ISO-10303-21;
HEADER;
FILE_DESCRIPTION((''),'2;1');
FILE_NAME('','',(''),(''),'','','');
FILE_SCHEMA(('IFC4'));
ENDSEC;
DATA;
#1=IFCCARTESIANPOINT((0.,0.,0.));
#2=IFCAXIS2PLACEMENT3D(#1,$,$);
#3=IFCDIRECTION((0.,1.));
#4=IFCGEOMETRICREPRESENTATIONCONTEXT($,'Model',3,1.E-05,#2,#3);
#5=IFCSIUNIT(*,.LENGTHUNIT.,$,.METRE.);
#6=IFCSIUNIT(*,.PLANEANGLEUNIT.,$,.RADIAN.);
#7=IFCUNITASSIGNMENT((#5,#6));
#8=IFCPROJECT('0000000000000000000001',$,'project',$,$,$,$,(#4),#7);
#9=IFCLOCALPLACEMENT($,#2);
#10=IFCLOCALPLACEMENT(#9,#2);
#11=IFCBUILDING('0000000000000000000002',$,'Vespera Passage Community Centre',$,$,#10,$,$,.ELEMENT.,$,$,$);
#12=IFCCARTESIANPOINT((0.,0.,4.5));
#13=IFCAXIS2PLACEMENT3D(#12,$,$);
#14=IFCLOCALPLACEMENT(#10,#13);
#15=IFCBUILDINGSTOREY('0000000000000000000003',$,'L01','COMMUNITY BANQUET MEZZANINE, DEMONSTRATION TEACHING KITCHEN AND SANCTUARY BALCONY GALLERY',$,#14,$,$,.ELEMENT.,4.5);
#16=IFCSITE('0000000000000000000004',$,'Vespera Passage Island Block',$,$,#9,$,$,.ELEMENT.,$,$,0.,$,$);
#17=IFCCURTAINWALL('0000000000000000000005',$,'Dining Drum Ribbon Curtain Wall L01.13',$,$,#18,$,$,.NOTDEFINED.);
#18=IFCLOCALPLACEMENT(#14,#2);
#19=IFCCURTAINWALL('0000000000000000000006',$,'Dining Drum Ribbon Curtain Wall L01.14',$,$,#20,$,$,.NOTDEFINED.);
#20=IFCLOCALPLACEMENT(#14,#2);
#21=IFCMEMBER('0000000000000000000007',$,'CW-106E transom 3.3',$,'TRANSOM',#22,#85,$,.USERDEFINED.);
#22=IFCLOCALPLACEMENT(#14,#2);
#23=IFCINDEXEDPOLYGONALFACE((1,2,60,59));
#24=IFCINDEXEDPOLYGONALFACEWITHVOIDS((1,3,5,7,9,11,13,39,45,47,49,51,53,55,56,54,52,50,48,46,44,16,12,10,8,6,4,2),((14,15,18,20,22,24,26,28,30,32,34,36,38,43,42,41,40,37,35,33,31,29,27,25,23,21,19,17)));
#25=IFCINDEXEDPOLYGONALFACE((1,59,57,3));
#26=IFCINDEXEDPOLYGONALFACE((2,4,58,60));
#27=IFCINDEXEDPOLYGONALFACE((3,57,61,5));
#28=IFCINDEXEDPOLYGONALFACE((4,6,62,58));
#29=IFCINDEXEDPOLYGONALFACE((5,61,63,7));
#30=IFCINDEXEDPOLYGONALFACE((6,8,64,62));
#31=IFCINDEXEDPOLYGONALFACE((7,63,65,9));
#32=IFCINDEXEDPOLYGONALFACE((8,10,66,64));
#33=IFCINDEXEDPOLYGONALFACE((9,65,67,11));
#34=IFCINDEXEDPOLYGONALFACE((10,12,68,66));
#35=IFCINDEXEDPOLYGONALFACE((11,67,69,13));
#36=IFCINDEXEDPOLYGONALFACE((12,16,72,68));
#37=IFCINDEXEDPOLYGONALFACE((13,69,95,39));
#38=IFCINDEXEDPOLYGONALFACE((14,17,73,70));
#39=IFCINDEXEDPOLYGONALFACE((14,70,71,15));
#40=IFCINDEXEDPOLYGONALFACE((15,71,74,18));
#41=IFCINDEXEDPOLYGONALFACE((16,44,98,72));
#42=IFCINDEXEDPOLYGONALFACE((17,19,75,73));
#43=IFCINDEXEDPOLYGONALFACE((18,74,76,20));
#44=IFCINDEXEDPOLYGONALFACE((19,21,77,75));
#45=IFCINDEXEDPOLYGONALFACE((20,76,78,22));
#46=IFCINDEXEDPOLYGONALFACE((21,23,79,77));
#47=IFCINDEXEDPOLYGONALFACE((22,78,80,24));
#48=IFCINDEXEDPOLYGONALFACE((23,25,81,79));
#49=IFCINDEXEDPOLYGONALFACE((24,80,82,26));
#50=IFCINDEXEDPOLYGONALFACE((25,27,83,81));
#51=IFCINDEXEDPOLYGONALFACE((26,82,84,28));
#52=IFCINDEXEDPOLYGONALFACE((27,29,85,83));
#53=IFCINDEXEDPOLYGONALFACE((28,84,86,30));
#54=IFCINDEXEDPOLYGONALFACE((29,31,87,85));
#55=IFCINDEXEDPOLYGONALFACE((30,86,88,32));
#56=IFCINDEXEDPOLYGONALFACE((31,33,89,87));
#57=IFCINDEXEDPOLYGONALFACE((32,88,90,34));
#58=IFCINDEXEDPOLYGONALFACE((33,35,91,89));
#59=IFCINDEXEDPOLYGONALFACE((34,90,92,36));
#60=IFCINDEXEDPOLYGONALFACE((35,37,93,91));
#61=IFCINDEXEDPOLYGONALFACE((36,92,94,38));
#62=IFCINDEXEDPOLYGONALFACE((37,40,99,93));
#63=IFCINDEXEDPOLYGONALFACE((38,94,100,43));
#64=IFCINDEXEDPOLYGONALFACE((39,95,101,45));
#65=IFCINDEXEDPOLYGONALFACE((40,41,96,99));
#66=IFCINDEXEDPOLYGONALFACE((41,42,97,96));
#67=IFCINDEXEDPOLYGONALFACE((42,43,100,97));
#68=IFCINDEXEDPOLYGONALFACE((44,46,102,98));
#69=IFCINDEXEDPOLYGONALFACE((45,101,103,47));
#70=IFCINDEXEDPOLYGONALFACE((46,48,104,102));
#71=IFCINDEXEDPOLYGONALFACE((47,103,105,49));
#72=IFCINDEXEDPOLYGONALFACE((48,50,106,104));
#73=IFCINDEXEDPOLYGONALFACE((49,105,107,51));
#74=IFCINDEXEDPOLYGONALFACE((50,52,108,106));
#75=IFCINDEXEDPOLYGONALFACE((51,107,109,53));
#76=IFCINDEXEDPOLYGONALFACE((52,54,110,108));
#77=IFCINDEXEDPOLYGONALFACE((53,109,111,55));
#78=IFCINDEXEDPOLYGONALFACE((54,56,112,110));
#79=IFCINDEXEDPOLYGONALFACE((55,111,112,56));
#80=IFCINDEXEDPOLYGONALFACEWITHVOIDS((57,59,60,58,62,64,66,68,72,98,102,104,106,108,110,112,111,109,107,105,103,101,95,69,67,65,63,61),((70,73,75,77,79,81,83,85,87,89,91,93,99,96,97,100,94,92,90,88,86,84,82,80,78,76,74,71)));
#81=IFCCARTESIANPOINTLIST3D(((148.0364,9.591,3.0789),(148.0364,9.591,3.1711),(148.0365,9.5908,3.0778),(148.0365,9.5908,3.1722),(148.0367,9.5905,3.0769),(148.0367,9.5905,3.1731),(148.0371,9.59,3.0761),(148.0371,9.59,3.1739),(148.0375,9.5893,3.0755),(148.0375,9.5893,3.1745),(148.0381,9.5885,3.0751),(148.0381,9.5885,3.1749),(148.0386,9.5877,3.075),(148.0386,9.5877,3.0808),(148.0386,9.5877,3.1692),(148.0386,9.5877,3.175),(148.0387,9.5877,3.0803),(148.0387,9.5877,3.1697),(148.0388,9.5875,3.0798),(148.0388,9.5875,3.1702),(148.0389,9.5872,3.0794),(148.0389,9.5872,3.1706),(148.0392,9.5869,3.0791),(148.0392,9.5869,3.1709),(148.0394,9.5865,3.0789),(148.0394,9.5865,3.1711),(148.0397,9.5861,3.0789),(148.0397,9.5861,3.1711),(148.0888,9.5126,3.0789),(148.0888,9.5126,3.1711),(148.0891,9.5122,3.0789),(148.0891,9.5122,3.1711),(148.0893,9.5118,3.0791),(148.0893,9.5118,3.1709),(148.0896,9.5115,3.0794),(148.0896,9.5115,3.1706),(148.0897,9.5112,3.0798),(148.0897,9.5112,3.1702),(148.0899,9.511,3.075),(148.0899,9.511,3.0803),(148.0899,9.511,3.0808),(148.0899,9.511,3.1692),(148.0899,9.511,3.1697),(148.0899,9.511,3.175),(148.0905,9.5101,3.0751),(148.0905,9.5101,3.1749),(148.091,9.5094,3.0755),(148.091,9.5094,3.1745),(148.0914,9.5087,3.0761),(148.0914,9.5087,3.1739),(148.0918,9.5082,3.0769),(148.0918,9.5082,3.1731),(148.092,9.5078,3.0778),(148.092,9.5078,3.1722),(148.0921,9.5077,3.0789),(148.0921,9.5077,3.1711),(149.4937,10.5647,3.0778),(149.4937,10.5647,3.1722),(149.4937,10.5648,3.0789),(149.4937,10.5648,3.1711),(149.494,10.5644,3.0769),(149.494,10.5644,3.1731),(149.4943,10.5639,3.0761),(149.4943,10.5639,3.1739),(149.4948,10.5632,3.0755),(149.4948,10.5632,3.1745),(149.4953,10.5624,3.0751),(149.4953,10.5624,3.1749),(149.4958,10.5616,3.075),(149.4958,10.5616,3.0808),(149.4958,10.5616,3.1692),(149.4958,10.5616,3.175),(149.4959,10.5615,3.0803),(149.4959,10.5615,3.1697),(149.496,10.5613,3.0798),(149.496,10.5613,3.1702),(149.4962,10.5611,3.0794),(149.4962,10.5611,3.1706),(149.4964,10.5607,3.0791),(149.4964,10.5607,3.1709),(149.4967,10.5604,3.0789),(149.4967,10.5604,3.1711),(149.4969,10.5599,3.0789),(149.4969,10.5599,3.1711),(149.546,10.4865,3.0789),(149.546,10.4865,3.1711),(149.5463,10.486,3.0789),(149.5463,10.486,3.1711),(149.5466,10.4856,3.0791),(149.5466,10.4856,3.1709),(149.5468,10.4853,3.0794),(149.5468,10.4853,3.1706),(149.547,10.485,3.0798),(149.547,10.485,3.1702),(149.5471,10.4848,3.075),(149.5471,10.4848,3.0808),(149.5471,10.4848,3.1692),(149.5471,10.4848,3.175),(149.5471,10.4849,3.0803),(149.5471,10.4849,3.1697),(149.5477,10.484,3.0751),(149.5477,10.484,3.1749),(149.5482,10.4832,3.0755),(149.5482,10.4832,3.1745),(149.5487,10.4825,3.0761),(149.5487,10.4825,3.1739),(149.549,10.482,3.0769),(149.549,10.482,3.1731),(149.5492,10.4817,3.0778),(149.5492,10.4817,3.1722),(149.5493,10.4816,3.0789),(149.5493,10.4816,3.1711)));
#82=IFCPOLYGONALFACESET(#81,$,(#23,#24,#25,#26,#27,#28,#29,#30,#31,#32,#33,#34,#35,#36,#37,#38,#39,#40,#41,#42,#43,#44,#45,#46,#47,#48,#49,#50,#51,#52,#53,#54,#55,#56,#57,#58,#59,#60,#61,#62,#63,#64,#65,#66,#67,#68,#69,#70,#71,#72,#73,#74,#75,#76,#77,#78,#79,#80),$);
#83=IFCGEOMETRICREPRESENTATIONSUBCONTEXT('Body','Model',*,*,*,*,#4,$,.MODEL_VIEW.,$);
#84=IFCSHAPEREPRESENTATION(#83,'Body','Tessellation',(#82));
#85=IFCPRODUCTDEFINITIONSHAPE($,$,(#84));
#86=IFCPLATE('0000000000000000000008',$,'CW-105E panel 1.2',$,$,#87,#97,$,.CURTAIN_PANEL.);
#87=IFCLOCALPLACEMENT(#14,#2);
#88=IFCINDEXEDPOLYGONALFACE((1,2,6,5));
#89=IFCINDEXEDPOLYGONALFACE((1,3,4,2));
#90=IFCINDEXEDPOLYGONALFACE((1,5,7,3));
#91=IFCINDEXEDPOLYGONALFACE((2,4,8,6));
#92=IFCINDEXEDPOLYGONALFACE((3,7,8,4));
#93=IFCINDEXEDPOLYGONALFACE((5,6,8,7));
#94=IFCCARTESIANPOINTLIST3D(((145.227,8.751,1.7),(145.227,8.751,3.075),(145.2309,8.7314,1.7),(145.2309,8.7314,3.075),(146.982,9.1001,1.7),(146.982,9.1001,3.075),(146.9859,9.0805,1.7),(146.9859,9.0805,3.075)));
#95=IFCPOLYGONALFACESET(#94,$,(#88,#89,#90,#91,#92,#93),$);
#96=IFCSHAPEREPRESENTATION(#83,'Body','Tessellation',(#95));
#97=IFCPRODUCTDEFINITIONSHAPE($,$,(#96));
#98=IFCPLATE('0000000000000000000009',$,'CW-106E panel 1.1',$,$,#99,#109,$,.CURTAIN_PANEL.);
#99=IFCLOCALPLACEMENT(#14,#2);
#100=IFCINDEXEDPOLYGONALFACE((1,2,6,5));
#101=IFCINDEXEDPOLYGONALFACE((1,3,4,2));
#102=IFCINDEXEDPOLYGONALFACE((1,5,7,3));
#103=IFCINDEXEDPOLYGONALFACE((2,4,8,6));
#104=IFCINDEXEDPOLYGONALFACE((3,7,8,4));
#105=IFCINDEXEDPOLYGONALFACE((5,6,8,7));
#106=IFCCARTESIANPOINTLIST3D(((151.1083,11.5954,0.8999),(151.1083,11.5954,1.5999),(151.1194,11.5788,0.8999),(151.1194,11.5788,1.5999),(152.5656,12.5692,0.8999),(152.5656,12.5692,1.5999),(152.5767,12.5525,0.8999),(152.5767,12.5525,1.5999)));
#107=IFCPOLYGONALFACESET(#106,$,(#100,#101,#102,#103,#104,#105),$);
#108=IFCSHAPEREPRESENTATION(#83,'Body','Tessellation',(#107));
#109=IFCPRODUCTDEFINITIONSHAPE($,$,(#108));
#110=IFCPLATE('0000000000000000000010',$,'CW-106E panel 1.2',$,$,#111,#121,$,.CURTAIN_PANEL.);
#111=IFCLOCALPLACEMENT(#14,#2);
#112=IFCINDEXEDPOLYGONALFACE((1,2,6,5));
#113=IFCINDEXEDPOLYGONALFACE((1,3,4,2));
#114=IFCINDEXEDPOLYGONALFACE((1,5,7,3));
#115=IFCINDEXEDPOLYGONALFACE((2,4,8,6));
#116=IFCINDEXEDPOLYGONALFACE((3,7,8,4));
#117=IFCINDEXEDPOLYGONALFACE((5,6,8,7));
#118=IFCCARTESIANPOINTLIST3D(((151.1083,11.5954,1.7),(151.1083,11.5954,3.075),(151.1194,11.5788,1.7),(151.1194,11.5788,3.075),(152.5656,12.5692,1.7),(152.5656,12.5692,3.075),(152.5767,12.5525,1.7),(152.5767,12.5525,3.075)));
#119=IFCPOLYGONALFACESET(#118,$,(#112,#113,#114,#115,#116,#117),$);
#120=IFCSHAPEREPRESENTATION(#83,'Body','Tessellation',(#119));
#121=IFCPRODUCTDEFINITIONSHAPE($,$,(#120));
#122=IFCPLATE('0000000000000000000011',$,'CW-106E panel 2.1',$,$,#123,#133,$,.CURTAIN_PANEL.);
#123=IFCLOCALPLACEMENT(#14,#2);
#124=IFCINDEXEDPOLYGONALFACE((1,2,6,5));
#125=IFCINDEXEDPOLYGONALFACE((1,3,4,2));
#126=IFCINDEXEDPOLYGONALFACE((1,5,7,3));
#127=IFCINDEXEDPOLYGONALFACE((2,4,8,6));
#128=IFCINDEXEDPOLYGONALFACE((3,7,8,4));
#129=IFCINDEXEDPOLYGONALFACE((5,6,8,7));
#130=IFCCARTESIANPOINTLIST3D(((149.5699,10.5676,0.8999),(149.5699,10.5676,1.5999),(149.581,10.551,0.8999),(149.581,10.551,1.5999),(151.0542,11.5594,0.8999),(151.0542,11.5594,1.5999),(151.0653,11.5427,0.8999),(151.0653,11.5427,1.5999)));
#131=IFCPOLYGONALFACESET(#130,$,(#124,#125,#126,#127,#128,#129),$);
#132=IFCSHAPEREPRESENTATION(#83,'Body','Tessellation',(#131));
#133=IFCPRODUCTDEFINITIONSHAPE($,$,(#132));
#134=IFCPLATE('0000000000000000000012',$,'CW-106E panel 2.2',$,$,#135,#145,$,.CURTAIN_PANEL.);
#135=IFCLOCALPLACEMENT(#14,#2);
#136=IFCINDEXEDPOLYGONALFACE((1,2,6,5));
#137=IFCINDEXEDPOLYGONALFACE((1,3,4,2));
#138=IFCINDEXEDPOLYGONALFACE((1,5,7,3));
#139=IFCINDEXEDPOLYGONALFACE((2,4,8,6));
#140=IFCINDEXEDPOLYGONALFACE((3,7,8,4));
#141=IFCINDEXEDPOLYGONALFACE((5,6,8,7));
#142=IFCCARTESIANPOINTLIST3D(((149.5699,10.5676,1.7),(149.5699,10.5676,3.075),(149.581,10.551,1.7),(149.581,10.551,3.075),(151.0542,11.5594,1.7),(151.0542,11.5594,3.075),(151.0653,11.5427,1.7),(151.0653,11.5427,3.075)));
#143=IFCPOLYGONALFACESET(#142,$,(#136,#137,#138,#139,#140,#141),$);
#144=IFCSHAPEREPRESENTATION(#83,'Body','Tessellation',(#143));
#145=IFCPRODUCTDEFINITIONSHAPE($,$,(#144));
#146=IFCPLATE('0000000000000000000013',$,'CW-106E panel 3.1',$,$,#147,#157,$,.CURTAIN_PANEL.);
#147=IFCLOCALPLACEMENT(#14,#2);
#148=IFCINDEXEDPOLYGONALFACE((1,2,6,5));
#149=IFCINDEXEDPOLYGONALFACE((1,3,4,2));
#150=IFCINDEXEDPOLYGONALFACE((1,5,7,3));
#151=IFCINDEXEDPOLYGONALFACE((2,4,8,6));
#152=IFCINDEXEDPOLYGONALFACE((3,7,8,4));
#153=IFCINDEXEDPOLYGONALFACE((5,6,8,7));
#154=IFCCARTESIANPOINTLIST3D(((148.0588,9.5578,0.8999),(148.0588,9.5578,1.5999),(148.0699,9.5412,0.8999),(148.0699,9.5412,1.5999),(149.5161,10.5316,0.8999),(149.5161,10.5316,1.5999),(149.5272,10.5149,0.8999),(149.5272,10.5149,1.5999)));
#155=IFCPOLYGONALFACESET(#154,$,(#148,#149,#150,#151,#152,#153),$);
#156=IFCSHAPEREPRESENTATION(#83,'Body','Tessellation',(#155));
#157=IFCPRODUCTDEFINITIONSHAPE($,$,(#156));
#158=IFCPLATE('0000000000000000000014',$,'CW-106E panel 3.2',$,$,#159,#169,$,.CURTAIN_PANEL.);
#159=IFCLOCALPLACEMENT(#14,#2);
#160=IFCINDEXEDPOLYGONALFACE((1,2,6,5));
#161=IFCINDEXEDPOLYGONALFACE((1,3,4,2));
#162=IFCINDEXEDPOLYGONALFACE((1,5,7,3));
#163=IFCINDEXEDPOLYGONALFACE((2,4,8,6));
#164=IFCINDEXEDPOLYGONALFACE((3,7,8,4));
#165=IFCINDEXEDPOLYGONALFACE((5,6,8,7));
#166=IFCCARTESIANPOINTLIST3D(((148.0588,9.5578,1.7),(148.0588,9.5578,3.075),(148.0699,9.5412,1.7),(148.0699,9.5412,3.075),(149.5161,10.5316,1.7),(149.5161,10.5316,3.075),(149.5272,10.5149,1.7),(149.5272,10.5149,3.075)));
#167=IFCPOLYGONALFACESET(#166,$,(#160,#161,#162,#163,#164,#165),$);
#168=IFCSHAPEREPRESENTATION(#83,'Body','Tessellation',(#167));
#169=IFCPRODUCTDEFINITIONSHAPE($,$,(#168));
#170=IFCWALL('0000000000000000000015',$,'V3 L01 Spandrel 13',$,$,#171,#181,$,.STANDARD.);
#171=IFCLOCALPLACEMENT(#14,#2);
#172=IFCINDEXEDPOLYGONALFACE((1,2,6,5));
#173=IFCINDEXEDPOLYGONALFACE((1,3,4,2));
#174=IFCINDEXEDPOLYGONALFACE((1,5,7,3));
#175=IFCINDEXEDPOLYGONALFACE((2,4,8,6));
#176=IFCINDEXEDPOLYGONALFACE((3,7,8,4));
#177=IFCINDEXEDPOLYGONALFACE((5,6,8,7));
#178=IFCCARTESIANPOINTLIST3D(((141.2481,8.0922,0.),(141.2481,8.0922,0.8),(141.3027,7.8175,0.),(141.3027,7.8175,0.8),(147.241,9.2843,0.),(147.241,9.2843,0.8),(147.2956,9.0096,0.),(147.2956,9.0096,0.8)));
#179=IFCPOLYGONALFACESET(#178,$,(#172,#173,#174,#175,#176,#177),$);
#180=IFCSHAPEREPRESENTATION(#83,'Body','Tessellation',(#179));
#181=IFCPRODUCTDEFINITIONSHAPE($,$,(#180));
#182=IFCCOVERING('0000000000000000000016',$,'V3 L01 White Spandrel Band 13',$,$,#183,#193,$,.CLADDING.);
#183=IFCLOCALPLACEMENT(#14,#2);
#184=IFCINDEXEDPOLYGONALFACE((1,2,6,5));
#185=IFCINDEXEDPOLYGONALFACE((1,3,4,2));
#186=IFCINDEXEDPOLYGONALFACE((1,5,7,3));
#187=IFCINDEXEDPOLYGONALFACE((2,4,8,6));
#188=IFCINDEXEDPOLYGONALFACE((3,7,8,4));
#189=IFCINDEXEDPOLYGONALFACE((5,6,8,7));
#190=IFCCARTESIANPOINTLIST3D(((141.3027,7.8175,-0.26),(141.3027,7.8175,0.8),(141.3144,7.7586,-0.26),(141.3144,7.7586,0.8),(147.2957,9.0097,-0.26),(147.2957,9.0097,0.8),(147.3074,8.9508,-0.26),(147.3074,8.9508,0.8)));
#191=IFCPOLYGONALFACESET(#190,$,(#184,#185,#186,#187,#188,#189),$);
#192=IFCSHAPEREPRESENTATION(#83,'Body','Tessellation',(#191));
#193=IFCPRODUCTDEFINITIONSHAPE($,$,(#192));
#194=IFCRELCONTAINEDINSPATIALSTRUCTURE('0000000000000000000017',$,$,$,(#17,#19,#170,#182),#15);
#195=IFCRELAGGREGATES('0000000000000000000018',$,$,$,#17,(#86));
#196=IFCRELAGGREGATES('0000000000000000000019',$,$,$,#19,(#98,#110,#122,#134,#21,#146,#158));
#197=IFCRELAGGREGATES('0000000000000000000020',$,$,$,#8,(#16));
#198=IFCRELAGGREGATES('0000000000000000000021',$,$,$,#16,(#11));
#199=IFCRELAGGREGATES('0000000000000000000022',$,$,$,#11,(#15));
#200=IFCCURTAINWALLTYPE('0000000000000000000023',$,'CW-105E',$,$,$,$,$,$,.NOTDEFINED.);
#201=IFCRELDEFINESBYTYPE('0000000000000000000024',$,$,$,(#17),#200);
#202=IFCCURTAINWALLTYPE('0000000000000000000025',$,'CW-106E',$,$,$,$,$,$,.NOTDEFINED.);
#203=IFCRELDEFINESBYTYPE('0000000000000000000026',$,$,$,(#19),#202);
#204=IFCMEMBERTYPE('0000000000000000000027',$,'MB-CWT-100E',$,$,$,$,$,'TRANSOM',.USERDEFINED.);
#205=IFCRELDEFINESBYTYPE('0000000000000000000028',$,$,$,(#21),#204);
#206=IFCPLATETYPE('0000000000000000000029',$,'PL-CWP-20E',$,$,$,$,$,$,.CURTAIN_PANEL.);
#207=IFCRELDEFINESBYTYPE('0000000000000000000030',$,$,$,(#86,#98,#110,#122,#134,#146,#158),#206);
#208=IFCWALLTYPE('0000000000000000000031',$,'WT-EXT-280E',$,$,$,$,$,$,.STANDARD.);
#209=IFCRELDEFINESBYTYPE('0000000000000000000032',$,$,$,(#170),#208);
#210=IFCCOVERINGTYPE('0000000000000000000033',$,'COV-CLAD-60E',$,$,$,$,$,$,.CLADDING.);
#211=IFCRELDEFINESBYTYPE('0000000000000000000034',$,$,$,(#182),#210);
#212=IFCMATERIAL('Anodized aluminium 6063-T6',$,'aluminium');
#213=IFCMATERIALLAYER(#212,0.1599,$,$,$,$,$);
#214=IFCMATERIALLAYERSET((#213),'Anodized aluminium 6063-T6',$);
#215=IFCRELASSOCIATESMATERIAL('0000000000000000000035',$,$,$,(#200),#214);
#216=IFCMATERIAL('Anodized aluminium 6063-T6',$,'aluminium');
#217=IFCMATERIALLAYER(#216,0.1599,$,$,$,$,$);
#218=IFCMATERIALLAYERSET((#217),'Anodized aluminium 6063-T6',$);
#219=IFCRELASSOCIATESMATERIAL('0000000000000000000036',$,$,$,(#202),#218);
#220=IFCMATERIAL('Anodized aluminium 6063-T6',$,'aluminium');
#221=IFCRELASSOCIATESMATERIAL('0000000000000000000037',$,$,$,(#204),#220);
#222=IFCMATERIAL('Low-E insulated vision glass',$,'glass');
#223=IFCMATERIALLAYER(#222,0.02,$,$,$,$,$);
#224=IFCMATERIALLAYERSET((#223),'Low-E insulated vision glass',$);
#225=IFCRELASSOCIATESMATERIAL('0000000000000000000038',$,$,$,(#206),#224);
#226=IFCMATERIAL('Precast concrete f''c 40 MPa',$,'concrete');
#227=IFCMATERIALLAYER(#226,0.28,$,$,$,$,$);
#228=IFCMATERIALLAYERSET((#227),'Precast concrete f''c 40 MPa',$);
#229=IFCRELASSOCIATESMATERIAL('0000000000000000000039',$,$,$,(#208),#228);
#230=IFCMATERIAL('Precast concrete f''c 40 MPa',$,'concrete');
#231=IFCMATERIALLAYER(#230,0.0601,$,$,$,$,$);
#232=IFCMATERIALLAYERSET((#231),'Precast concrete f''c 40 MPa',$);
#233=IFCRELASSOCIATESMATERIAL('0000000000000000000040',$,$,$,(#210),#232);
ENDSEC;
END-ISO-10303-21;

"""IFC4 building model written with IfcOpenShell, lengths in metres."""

from ifc_helpers import new_model, si_unit, direction, frame, frame_2d, origin, origin_2d, place, context, subcontext, project, spatial, rectangle, hollow_rectangle, extrude, material, layer, layer_set, material_profile, profile_set, type_object, element, aggregate, save


model = new_model("IFC4")

# Units and contexts
model_context = context("Model", 3, precision=1e-05, world=origin(), true_north=direction((0.0, 1.0)))
body_context = subcontext(model_context, "Body", "Model", "MODEL_VIEW")
ifc_project = project(units=[si_unit("LENGTHUNIT", "METRE"), si_unit("PLANEANGLEUNIT", "RADIAN")], contexts=[model_context])

# Site, building, storey
site_placement = place(None, origin())
site = spatial("IfcSite", under=ifc_project, at=site_placement, Name="Vespera Passage Island Block", CompositionType="ELEMENT", RefElevation=0.0)
building_placement = place(site_placement, origin())
building = spatial("IfcBuilding", under=site, at=building_placement, Name="Vespera Passage Community Centre", CompositionType="ELEMENT")
storey_placement = place(building_placement, frame((0.0, 0.0, 4.5)))
storey = spatial("IfcBuildingStorey", under=building, at=storey_placement, Name="L01", Description="COMMUNITY BANQUET MEZZANINE, DEMONSTRATION TEACHING KITCHEN AND SANCTUARY BALCONY GALLERY", CompositionType="ELEMENT", Elevation=4.5)

# Curtain wall
ifc_material_1 = material(Name="Anodized aluminium 6063-T6", Category="aluminium")
ifc_layer_1 = layer(ifc_material_1, 0.1599)
ifc_layer_set_1 = layer_set([ifc_layer_1], Name="Anodized aluminium 6063-T6")
curtain_wall_type_1 = type_object("IfcCurtainWallType", Name="CW-105E", PredefinedType="NOTDEFINED", material=ifc_layer_set_1)
curtain_wall_1_placement = place(storey_placement, origin())
curtain_wall_1 = element("IfcCurtainWall", 1, at=curtain_wall_1_placement, inside=storey, type_object=curtain_wall_type_1, Name="Dining Drum Ribbon Curtain Wall L01.13", PredefinedType="NOTDEFINED")

# Curtain wall
ifc_material_2 = material(Name="Anodized aluminium 6063-T6", Category="aluminium")
ifc_layer_2 = layer(ifc_material_2, 0.1599)
ifc_layer_set_2 = layer_set([ifc_layer_2], Name="Anodized aluminium 6063-T6")
curtain_wall_type_2 = type_object("IfcCurtainWallType", Name="CW-106E", PredefinedType="NOTDEFINED", material=ifc_layer_set_2)
curtain_wall_2_placement = place(storey_placement, origin())
curtain_wall_2 = element("IfcCurtainWall", 2, at=curtain_wall_2_placement, inside=storey, type_object=curtain_wall_type_2, Name="Dining Drum Ribbon Curtain Wall L01.14", PredefinedType="NOTDEFINED")

# Member
ifc_material_3 = material(Name="Anodized aluminium 6063-T6", Category="aluminium")
ifc_material_profile_1 = material_profile(ifc_material_3, hollow_rectangle(XDim=0.1001, YDim=0.1001, WallThickness=0.0039, InnerFilletRadius=0.002, OuterFilletRadius=0.0039, at=origin_2d()), Name="ALU100X100X4")
ifc_profile_set_1 = profile_set([ifc_material_profile_1], Name="Anodized aluminium 6063-T6")
member_type_1 = type_object("IfcMemberType", Name="MB-CWT-100E", ElementType="TRANSOM", PredefinedType="USERDEFINED", material=ifc_profile_set_1)
member_1_placement = place(storey_placement, frame((149.5215, 10.5232, 3.125), z_axis=(-0.831428, -0.555632, 0.0), x_axis=(0.555632, -0.831428, 0.0)))
member_1 = element("IfcMember", 3, at=member_1_placement, type_object=member_type_1, Name="CW-106E transom 3.3", ObjectType="TRANSOM", PredefinedType="USERDEFINED", context=body_context, shape_type="SweptSolid", body=[
    extrude(hollow_rectangle(XDim=0.1001, YDim=0.1001, WallThickness=0.0039, InnerFilletRadius=0.002, OuterFilletRadius=0.0039, at=origin_2d()), origin(), (0.0, 0.0, 1.0), 1.7527),
])

# Plates
ifc_material_4 = material(Name="Low-E insulated vision glass", Category="glass")
ifc_layer_3 = layer(ifc_material_4, 0.02)
ifc_layer_set_3 = layer_set([ifc_layer_3], Name="Low-E insulated vision glass")
plate_type = type_object("IfcPlateType", Name="PL-CWP-20E", PredefinedType="CURTAIN_PANEL", material=ifc_layer_set_3)
plate_1_placement = place(storey_placement, frame((146.1064, 8.9158, 1.7), z_axis=(0.0, 0.0, 1.0), x_axis=(-0.980784, -0.195097, 0.0)))
plate_1 = element("IfcPlate", 4, at=plate_1_placement, type_object=plate_type, Name="CW-105E panel 1.2", PredefinedType="CURTAIN_PANEL", context=body_context, shape_type="SweptSolid", body=[
    extrude(rectangle(XDim=1.7893, YDim=0.02, at=origin_2d()), origin(), (0.0, 0.0, 1.0), 1.375),
])
aggregate(curtain_wall_1, [plate_1])
plate_2_placement = place(storey_placement, frame((151.8425, 12.074, 0.8999), z_axis=(0.0, 0.0, 1.0), x_axis=(-0.831473, -0.555565, 0.0)))
plate_2 = element("IfcPlate", 5, at=plate_2_placement, type_object=plate_type, Name="CW-106E panel 1.1", PredefinedType="CURTAIN_PANEL", context=body_context, shape_type="SweptSolid", body=[
    extrude(rectangle(XDim=1.7527, YDim=0.02, at=origin_2d()), origin(), (0.0, 0.0, 1.0), 0.7),
])
plate_3_placement = place(storey_placement, frame((151.8425, 12.074, 1.7), z_axis=(0.0, 0.0, 1.0), x_axis=(-0.831473, -0.555565, 0.0)))
plate_3 = element("IfcPlate", 6, at=plate_3_placement, type_object=plate_type, Name="CW-106E panel 1.2", PredefinedType="CURTAIN_PANEL", context=body_context, shape_type="SweptSolid", body=[
    extrude(rectangle(XDim=1.7527, YDim=0.02, at=origin_2d()), origin(), (0.0, 0.0, 1.0), 1.375),
])
plate_4_placement = place(storey_placement, frame((150.3176, 11.0552, 0.8999), z_axis=(0.0, 0.0, 1.0), x_axis=(-0.831473, -0.555565, 0.0)))
plate_4 = element("IfcPlate", 7, at=plate_4_placement, type_object=plate_type, Name="CW-106E panel 2.1", PredefinedType="CURTAIN_PANEL", context=body_context, shape_type="SweptSolid", body=[
    extrude(rectangle(XDim=1.7852, YDim=0.02, at=origin_2d()), origin(), (0.0, 0.0, 1.0), 0.7),
])
plate_5_placement = place(storey_placement, frame((150.3176, 11.0552, 1.7), z_axis=(0.0, 0.0, 1.0), x_axis=(-0.831473, -0.555565, 0.0)))
plate_5 = element("IfcPlate", 8, at=plate_5_placement, type_object=plate_type, Name="CW-106E panel 2.2", PredefinedType="CURTAIN_PANEL", context=body_context, shape_type="SweptSolid", body=[
    extrude(rectangle(XDim=1.7852, YDim=0.02, at=origin_2d()), origin(), (0.0, 0.0, 1.0), 1.375),
])
plate_6_placement = place(storey_placement, frame((148.793, 10.0364, 0.8999), z_axis=(0.0, 0.0, 1.0), x_axis=(-0.831473, -0.555565, 0.0)))
plate_6 = element("IfcPlate", 9, at=plate_6_placement, type_object=plate_type, Name="CW-106E panel 3.1", PredefinedType="CURTAIN_PANEL", context=body_context, shape_type="SweptSolid", body=[
    extrude(rectangle(XDim=1.7527, YDim=0.02, at=origin_2d()), origin(), (0.0, 0.0, 1.0), 0.7),
])
plate_7_placement = place(storey_placement, frame((148.793, 10.0364, 1.7), z_axis=(0.0, 0.0, 1.0), x_axis=(-0.831473, -0.555565, 0.0)))
plate_7 = element("IfcPlate", 10, at=plate_7_placement, type_object=plate_type, Name="CW-106E panel 3.2", PredefinedType="CURTAIN_PANEL", context=body_context, shape_type="SweptSolid", body=[
    extrude(rectangle(XDim=1.7527, YDim=0.02, at=origin_2d()), origin(), (0.0, 0.0, 1.0), 1.375),
])
aggregate(curtain_wall_2, [plate_2, plate_3, plate_4, plate_5, member_1, plate_6, plate_7])

# Wall
ifc_material_5 = material(Name="Precast concrete f'c 40 MPa", Category="concrete")
ifc_layer_4 = layer(ifc_material_5, 0.28)
ifc_layer_set_4 = layer_set([ifc_layer_4], Name="Precast concrete f'c 40 MPa")
wall_type = type_object("IfcWallType", Name="WT-EXT-280E", PredefinedType="STANDARD", material=ifc_layer_set_4)
wall_placement = place(storey_placement, frame((147.2683, 9.147, 0.0), z_axis=(0.0, 0.0, 1.0), x_axis=(-0.980783, -0.195102, 0.0)))
element("IfcWall", 11, at=wall_placement, inside=storey, type_object=wall_type, Name="V3 L01 Spandrel 13", PredefinedType="STANDARD", context=body_context, shape_type="SweptSolid", body=[
    extrude(rectangle(XDim=6.1104, YDim=0.28, at=frame_2d((3.0552, 0.0))), origin(), (0.0, 0.0, 1.0), 0.8),
])

# Covering
ifc_material_6 = material(Name="Precast concrete f'c 40 MPa", Category="concrete")
ifc_layer_5 = layer(ifc_material_6, 0.0601)
ifc_layer_set_5 = layer_set([ifc_layer_5], Name="Precast concrete f'c 40 MPa")
covering_type = type_object("IfcCoveringType", Name="COV-CLAD-60E", PredefinedType="CLADDING", material=ifc_layer_set_5)
covering_placement = place(storey_placement, frame((147.3015, 8.9802, -0.26), z_axis=(0.0, 0.0, 1.0), x_axis=(-0.980783, -0.195102, 0.0)))
element("IfcCovering", 12, at=covering_placement, inside=storey, type_object=covering_type, Name="V3 L01 White Spandrel Band 13", PredefinedType="CLADDING", context=body_context, shape_type="SweptSolid", body=[
    extrude(rectangle(XDim=6.1104, YDim=0.0601, at=frame_2d((3.0552, 0.0))), origin(), (0.0, 0.0, 1.0), 1.0601),
])

save(model, "model.ifc")
